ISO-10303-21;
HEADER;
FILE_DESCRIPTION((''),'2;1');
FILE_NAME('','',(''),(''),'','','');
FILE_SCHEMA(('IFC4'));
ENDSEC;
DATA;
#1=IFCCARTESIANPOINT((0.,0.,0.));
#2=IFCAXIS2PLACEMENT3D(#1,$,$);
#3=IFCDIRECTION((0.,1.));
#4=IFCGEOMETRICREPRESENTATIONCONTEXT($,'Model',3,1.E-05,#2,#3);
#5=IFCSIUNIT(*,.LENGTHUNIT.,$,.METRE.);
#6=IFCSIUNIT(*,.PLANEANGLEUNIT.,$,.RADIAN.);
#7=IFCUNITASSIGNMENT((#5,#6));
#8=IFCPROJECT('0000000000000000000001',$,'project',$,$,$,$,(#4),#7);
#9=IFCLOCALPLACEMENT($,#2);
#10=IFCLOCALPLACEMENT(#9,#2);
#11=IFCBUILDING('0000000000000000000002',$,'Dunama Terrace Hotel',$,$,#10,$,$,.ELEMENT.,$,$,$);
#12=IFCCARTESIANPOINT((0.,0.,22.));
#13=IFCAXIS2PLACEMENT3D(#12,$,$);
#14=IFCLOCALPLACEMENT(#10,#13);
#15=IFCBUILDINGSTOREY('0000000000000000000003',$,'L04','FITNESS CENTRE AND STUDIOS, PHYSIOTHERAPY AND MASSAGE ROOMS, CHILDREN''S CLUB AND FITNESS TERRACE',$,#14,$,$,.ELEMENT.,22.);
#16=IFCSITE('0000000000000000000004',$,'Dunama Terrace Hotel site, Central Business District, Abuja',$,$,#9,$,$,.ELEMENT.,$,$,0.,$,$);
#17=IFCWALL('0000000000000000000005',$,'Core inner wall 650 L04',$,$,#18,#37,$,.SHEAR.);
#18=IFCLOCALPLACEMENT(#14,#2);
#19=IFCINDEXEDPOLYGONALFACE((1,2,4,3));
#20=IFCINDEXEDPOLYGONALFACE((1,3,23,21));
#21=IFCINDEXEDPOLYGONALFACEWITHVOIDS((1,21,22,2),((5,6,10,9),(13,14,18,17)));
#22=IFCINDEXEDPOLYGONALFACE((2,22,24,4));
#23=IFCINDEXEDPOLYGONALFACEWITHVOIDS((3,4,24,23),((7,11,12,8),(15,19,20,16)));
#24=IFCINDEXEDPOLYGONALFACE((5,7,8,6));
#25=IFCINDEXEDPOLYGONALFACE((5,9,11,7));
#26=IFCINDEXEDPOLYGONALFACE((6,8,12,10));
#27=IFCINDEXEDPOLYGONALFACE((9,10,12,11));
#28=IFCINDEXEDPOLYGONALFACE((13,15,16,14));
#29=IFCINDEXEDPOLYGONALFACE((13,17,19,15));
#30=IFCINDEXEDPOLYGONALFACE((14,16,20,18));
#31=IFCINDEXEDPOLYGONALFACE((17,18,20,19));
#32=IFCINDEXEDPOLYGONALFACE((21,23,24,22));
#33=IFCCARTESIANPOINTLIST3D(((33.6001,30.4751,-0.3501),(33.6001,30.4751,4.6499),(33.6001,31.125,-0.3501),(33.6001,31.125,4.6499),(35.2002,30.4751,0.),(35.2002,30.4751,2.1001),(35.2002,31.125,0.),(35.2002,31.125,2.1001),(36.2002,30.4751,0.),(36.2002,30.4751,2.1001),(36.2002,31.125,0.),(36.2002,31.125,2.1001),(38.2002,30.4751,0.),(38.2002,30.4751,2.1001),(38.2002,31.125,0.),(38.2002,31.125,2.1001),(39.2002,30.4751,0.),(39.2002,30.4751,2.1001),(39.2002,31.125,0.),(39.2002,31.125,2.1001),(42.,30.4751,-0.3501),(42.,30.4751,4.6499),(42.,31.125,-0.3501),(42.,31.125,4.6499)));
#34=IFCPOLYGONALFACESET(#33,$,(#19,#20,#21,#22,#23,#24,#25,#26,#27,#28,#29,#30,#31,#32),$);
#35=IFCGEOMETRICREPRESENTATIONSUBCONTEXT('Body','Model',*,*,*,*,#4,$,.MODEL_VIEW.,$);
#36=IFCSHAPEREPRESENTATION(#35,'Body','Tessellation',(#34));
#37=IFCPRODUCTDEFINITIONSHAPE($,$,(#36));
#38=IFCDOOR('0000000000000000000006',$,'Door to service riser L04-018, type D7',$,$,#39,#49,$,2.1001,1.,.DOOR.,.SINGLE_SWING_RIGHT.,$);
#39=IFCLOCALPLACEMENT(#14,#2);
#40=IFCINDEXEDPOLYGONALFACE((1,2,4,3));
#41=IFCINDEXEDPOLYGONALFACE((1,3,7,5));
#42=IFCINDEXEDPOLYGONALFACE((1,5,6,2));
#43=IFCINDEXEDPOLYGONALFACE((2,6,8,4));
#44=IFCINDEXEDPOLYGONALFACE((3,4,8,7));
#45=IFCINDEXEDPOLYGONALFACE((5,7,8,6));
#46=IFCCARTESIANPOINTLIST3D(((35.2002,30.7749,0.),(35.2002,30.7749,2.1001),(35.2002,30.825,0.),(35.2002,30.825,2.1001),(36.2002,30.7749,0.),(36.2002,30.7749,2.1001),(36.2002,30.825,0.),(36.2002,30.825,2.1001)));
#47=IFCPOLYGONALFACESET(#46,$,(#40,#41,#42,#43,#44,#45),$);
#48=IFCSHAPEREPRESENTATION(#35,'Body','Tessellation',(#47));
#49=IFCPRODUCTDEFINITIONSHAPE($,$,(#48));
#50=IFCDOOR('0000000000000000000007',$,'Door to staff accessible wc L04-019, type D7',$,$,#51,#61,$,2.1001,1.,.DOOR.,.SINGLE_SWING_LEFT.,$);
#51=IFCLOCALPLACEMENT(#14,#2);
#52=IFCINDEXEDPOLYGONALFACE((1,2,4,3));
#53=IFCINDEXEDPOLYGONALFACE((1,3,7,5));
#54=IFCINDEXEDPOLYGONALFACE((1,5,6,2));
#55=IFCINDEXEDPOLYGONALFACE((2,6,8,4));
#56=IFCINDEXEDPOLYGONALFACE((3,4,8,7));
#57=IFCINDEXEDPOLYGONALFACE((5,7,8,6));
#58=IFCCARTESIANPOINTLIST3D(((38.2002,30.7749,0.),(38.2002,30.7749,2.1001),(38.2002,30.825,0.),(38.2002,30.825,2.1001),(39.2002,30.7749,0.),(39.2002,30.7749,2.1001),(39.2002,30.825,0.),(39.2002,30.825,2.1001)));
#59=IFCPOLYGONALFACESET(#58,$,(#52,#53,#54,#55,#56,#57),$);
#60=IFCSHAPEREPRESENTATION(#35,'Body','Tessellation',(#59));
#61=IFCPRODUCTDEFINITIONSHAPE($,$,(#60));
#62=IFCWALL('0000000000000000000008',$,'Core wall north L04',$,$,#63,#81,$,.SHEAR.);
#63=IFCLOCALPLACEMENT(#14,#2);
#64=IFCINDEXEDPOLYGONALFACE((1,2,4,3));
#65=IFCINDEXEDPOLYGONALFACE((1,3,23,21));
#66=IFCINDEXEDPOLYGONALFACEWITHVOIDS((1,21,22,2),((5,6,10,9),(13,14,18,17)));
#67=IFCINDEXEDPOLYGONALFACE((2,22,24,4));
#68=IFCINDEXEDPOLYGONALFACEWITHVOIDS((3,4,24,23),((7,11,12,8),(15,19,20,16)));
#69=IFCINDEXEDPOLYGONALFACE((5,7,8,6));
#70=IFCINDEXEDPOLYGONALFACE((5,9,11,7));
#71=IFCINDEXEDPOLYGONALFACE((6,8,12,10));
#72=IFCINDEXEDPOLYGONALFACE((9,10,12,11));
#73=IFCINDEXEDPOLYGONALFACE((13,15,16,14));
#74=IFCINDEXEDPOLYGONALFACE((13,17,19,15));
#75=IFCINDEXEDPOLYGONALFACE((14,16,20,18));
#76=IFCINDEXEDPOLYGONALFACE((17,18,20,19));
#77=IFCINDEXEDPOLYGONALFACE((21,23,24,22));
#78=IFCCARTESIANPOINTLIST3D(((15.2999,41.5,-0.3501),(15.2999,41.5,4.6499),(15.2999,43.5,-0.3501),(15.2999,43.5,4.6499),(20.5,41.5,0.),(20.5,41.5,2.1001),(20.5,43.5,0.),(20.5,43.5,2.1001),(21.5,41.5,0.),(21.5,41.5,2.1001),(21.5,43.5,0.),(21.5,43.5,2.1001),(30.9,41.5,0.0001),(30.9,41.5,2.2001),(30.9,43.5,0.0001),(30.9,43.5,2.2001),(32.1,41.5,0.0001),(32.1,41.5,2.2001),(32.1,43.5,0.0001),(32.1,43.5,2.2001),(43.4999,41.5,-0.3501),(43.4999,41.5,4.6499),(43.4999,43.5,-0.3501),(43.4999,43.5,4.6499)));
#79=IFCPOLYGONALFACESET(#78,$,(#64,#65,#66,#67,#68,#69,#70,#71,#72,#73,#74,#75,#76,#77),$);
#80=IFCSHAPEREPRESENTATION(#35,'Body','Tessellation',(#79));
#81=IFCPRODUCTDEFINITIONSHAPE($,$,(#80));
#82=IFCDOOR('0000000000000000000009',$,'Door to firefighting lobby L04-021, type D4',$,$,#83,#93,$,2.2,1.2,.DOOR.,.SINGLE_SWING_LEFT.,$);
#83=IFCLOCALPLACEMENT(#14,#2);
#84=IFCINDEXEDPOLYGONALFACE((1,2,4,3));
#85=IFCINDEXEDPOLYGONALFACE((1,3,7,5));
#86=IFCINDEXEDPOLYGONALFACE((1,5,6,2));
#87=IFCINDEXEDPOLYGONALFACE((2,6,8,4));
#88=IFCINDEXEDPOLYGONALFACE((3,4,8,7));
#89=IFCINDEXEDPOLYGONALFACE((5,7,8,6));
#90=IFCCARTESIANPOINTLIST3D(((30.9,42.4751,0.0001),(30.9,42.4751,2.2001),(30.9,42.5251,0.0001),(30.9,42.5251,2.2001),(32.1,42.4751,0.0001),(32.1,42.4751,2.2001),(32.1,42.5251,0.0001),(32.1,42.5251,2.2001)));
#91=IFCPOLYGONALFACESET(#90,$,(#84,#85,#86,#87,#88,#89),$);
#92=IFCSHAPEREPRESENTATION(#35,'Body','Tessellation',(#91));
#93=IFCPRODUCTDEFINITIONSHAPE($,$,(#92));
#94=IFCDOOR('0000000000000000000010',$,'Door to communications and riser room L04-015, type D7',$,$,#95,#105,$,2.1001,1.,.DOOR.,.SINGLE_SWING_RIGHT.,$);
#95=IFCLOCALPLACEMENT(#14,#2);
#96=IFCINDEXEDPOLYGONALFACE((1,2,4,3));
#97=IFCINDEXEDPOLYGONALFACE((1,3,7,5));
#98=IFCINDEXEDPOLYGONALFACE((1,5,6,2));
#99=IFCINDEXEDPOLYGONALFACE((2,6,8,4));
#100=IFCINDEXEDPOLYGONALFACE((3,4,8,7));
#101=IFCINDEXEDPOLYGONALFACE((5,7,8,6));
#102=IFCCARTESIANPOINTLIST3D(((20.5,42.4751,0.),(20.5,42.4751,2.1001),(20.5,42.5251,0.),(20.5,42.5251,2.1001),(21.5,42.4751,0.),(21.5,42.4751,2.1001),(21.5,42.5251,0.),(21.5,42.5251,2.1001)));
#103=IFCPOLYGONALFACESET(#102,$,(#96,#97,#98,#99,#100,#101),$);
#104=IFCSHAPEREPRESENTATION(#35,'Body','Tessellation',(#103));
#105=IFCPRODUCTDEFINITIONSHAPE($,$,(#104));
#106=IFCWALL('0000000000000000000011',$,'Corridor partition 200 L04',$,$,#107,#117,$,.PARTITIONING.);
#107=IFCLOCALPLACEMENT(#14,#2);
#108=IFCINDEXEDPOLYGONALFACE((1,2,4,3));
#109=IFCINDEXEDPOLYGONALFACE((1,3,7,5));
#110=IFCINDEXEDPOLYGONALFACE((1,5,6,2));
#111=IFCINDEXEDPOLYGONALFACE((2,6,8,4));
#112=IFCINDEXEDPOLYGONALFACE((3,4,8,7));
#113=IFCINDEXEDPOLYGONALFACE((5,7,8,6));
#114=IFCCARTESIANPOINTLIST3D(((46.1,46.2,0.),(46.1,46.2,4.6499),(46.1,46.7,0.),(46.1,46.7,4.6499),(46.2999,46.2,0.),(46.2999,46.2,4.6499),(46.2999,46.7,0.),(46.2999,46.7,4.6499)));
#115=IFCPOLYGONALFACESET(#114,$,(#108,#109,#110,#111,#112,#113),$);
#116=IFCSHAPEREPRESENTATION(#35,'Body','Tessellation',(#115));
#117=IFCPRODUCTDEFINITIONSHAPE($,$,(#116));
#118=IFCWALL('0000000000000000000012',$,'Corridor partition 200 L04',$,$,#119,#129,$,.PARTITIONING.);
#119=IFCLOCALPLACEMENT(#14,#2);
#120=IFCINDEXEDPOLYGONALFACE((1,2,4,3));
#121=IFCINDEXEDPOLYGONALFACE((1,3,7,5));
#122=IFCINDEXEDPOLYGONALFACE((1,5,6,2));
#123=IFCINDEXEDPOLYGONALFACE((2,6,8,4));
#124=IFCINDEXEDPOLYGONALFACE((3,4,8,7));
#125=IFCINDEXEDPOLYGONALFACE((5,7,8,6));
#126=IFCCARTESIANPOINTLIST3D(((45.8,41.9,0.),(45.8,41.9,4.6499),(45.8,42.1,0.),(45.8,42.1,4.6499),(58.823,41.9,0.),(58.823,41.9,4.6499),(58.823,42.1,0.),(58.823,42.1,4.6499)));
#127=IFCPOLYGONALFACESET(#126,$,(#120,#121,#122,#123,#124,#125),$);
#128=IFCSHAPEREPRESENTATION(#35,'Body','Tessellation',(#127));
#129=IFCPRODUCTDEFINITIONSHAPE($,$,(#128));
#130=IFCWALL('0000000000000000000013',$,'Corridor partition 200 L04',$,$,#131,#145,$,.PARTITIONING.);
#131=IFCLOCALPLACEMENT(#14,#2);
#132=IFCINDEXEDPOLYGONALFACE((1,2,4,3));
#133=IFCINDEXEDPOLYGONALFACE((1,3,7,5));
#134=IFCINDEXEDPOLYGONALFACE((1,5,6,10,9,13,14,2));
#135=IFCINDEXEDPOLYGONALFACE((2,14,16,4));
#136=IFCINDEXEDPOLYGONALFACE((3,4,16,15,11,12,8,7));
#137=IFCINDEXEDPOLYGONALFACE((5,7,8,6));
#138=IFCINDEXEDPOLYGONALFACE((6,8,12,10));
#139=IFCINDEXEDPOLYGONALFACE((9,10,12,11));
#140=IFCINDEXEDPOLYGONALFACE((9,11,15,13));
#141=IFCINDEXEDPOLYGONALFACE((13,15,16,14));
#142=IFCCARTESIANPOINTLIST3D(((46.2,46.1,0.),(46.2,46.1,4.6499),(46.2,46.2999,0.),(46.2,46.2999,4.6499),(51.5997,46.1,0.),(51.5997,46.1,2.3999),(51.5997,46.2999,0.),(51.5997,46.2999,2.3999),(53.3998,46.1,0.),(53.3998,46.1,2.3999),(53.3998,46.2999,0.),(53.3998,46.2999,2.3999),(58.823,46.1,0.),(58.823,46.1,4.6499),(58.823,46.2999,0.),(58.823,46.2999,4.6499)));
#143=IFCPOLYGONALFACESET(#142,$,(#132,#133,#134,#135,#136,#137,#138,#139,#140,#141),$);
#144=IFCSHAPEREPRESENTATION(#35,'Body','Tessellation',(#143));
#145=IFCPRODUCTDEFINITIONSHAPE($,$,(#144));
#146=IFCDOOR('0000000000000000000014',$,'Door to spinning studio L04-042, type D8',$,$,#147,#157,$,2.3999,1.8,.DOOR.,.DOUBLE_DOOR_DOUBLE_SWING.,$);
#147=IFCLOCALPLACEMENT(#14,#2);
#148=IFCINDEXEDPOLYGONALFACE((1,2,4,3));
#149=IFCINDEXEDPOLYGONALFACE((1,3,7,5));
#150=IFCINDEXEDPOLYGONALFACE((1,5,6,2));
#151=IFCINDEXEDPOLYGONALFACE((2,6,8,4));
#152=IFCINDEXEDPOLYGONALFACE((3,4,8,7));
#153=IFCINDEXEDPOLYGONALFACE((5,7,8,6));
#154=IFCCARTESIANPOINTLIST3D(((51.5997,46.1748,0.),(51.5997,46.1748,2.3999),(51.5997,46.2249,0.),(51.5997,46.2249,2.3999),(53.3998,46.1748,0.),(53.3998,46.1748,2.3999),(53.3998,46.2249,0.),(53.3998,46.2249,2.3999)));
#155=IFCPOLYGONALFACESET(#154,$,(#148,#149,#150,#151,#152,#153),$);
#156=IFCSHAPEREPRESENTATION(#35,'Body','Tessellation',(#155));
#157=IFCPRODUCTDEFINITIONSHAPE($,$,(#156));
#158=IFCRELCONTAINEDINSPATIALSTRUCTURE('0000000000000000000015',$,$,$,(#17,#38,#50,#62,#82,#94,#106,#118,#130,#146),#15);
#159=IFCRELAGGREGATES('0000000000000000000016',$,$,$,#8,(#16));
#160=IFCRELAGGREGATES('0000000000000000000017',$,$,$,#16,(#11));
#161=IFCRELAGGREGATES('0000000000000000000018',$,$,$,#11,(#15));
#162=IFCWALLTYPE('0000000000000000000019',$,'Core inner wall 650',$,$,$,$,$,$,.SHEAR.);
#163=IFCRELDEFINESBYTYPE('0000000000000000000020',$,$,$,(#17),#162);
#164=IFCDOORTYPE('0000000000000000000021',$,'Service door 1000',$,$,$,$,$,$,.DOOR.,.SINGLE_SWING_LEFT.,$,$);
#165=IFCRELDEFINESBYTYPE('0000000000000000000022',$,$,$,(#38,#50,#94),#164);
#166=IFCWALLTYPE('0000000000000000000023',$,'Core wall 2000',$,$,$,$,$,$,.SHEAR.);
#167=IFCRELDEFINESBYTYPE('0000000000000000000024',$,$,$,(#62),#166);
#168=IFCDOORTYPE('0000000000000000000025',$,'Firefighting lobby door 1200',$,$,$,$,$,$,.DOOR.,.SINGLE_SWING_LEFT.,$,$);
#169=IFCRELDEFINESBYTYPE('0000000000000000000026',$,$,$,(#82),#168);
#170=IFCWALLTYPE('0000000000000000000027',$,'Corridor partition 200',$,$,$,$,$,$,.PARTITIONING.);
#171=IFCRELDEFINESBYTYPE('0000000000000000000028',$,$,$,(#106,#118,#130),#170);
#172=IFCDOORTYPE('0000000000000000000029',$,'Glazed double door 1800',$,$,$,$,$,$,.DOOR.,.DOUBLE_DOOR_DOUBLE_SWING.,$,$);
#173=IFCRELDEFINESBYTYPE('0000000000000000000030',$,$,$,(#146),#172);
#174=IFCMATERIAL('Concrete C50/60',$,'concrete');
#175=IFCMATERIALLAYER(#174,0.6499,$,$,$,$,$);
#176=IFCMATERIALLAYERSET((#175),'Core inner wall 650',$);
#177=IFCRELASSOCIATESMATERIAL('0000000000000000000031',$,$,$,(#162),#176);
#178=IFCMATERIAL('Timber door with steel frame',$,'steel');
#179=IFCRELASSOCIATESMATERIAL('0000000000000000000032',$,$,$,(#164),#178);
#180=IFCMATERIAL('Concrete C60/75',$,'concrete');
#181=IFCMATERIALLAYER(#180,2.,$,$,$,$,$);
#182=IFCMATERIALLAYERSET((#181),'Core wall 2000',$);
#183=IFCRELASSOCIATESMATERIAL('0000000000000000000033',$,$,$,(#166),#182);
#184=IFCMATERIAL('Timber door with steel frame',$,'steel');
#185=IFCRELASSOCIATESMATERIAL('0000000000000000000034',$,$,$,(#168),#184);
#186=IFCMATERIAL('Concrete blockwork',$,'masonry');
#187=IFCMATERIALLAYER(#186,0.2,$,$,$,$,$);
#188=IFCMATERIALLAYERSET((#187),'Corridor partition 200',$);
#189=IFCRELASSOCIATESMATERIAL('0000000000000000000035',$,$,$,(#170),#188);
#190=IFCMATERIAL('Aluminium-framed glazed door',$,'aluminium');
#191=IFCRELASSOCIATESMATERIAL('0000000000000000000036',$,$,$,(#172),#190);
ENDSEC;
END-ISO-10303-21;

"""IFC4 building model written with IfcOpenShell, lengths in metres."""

from ifc_helpers import new_model, si_unit, direction, frame, frame_2d, origin, place, context, subcontext, project, spatial, rectangle, extrude, material, layer, layer_set, type_object, element, fill, save


model = new_model("IFC4")

# Units and contexts
model_context = context("Model", 3, precision=1e-05, world=origin(), true_north=direction((0.0, 1.0)))
body_context = subcontext(model_context, "Body", "Model", "MODEL_VIEW")
ifc_project = project(units=[si_unit("LENGTHUNIT", "METRE"), si_unit("PLANEANGLEUNIT", "RADIAN")], contexts=[model_context])

# Site, building, storey
site_placement = place(None, origin())
site = spatial("IfcSite", under=ifc_project, at=site_placement, Name="Dunama Terrace Hotel site, Central Business District, Abuja", CompositionType="ELEMENT", RefElevation=0.0)
building_placement = place(site_placement, origin())
building = spatial("IfcBuilding", under=site, at=building_placement, Name="Dunama Terrace Hotel", CompositionType="ELEMENT")
storey_placement = place(building_placement, frame((0.0, 0.0, 22.0)))
storey = spatial("IfcBuildingStorey", under=building, at=storey_placement, Name="L04", Description="FITNESS CENTRE AND STUDIOS, PHYSIOTHERAPY AND MASSAGE ROOMS, CHILDREN'S CLUB AND FITNESS TERRACE", CompositionType="ELEMENT", Elevation=22.0)

# Shared definitions
ifc_material_1 = material(Name="Concrete C50/60", Category="concrete")
ifc_layer_1 = layer(ifc_material_1, 0.6499)
ifc_layer_set_1 = layer_set([ifc_layer_1], Name="Core inner wall 650")
wall_type_1 = type_object("IfcWallType", Name="Core inner wall 650", PredefinedType="SHEAR", material=ifc_layer_set_1)

# Walls, openings, doors
wall_1_placement = place(storey_placement, frame((33.6001, 30.8, -0.3501), z_axis=(0.0, 0.0, 1.0), x_axis=(1.0, 0.0, 0.0)))
wall_1 = element("IfcWall", 1, at=wall_1_placement, inside=storey, type_object=wall_type_1, Name="Core inner wall 650 L04", PredefinedType="SHEAR", context=body_context, shape_type="SweptSolid", body=[
    extrude(rectangle(XDim=8.3999, YDim=0.6499, at=frame_2d((4.2, 0.0))), origin(), (0.0, 0.0, 1.0), 5.0),
])
opening_1_placement = place(wall_1_placement, frame((1.6001, 0.0, 0.3501)))
opening_1 = element("IfcOpeningElement", 2, at=opening_1_placement, cuts=wall_1, PredefinedType="OPENING", context=body_context, shape_type="SweptSolid", body=[
    extrude(rectangle(XDim=1.0, YDim=2.1001, at=frame_2d((0.5, 1.05))), frame((0.0, 0.335, 0.0), z_axis=(0.0, -1.0, 0.0), x_axis=(1.0, 0.0, 0.0)), (0.0, 0.0, 1.0), 0.6699),
])
opening_2_placement = place(wall_1_placement, frame((4.6001, 0.0, 0.3501)))
opening_2 = element("IfcOpeningElement", 3, at=opening_2_placement, cuts=wall_1, PredefinedType="OPENING", context=body_context, shape_type="SweptSolid", body=[
    extrude(rectangle(XDim=1.0, YDim=2.1001, at=frame_2d((0.5, 1.05))), frame((0.0, 0.335, 0.0), z_axis=(0.0, -1.0, 0.0), x_axis=(1.0, 0.0, 0.0)), (0.0, 0.0, 1.0), 0.6699),
])
ifc_material_2 = material(Name="Timber door with steel frame", Category="steel")
door_type_1 = type_object("IfcDoorType", Name="Service door 1000", OperationType="SINGLE_SWING_LEFT", PredefinedType="DOOR", material=ifc_material_2)
door_1_placement = place(opening_1_placement, origin())
door_1 = element("IfcDoor", 4, at=door_1_placement, inside=storey, type_object=door_type_1, Name="Door to service riser L04-018, type D7", OperationType="SINGLE_SWING_RIGHT", OverallHeight=2.1001, OverallWidth=1.0, PredefinedType="DOOR", context=body_context, shape_type="SweptSolid", body=[
    extrude(rectangle(XDim=1.0, YDim=2.1001, at=frame_2d((0.5, 1.05))), frame((0.0, 0.0249, 0.0), z_axis=(0.0, -1.0, 0.0), x_axis=(1.0, 0.0, 0.0)), (0.0, 0.0, 1.0), 0.05),
])
fill(opening_1, door_1)
door_2_placement = place(opening_2_placement, origin())
door_2 = element("IfcDoor", 5, at=door_2_placement, inside=storey, type_object=door_type_1, Name="Door to staff accessible wc L04-019, type D7", OperationType="SINGLE_SWING_LEFT", OverallHeight=2.1001, OverallWidth=1.0, PredefinedType="DOOR", context=body_context, shape_type="SweptSolid", body=[
    extrude(rectangle(XDim=1.0, YDim=2.1001, at=frame_2d((0.5, 1.05))), frame((0.0, 0.0249, 0.0), z_axis=(0.0, -1.0, 0.0), x_axis=(1.0, 0.0, 0.0)), (0.0, 0.0, 1.0), 0.05),
])
fill(opening_2, door_2)
ifc_material_3 = material(Name="Concrete C60/75", Category="concrete")
ifc_layer_2 = layer(ifc_material_3, 2.0)
ifc_layer_set_2 = layer_set([ifc_layer_2], Name="Core wall 2000")
wall_type_2 = type_object("IfcWallType", Name="Core wall 2000", PredefinedType="SHEAR", material=ifc_layer_set_2)
wall_2_placement = place(storey_placement, frame((43.5, 42.5, -0.3501), z_axis=(0.0, 0.0, 1.0), x_axis=(-1.0, 0.0, 0.0)))
wall_2 = element("IfcWall", 6, at=wall_2_placement, inside=storey, type_object=wall_type_2, Name="Core wall north L04", PredefinedType="SHEAR", context=body_context, shape_type="SweptSolid", body=[
    extrude(rectangle(XDim=28.2, YDim=2.0, at=frame_2d((14.1001, 0.0))), origin(), (0.0, 0.0, 1.0), 5.0),
])
opening_3_placement = place(wall_2_placement, frame((22.0, 0.0, 0.3501)))
opening_3 = element("IfcOpeningElement", 7, at=opening_3_placement, cuts=wall_2, PredefinedType="OPENING", context=body_context, shape_type="SweptSolid", body=[
    extrude(rectangle(XDim=1.0, YDim=2.1001, at=frame_2d((0.5, 1.05))), frame((0.0, 1.01, 0.0), z_axis=(0.0, -1.0, 0.0), x_axis=(1.0, 0.0, 0.0)), (0.0, 0.0, 1.0), 2.02),
])
opening_4_placement = place(wall_2_placement, frame((11.3999, 0.0, 0.3501)))
opening_4 = element("IfcOpeningElement", 8, at=opening_4_placement, cuts=wall_2, PredefinedType="OPENING", context=body_context, shape_type="SweptSolid", body=[
    extrude(rectangle(XDim=1.2, YDim=2.2, at=frame_2d((0.6001, 1.1001))), frame((0.0, 1.01, 0.0), z_axis=(0.0, -1.0, 0.0), x_axis=(1.0, 0.0, 0.0)), (0.0, 0.0, 1.0), 2.02),
])
ifc_material_4 = material(Name="Timber door with steel frame", Category="steel")
door_type_2 = type_object("IfcDoorType", Name="Firefighting lobby door 1200", OperationType="SINGLE_SWING_LEFT", PredefinedType="DOOR", material=ifc_material_4)
door_3_placement = place(opening_4_placement, origin())
door_3 = element("IfcDoor", 9, at=door_3_placement, inside=storey, type_object=door_type_2, Name="Door to firefighting lobby L04-021, type D4", OperationType="SINGLE_SWING_LEFT", OverallHeight=2.2, OverallWidth=1.2, PredefinedType="DOOR", context=body_context, shape_type="SweptSolid", body=[
    extrude(rectangle(XDim=1.2, YDim=2.2, at=frame_2d((0.6001, 1.1001))), frame((0.0, 0.0249, 0.0), z_axis=(0.0, -1.0, 0.0), x_axis=(1.0, 0.0, 0.0)), (0.0, 0.0, 1.0), 0.05),
])
fill(opening_4, door_3)
door_4_placement = place(opening_3_placement, origin())
door_4 = element("IfcDoor", 10, at=door_4_placement, inside=storey, type_object=door_type_1, Name="Door to communications and riser room L04-015, type D7", OperationType="SINGLE_SWING_RIGHT", OverallHeight=2.1001, OverallWidth=1.0, PredefinedType="DOOR", context=body_context, shape_type="SweptSolid", body=[
    extrude(rectangle(XDim=1.0, YDim=2.1001, at=frame_2d((0.5, 1.05))), frame((0.0, 0.0249, 0.0), z_axis=(0.0, -1.0, 0.0), x_axis=(1.0, 0.0, 0.0)), (0.0, 0.0, 1.0), 0.05),
])
fill(opening_3, door_4)

# Walls
ifc_material_5 = material(Name="Concrete blockwork", Category="masonry")
ifc_layer_3 = layer(ifc_material_5, 0.2)
ifc_layer_set_3 = layer_set([ifc_layer_3], Name="Corridor partition 200")
wall_type_3 = type_object("IfcWallType", Name="Corridor partition 200", PredefinedType="PARTITIONING", material=ifc_layer_set_3)
wall_3_placement = place(storey_placement, frame((46.2, 46.2, 0.0), z_axis=(0.0, 0.0, 1.0), x_axis=(0.0, 1.0, 0.0)))
element("IfcWall", 11, at=wall_3_placement, inside=storey, type_object=wall_type_3, Name="Corridor partition 200 L04", PredefinedType="PARTITIONING", context=body_context, shape_type="SweptSolid", body=[
    extrude(rectangle(XDim=0.5, YDim=0.2, at=frame_2d((0.25, 0.0))), origin(), (0.0, 0.0, 1.0), 4.6499),
])
wall_4_placement = place(storey_placement, frame((45.8, 42.0, 0.0), z_axis=(0.0, 0.0, 1.0), x_axis=(1.0, 0.0, 0.0)))
element("IfcWall", 12, at=wall_4_placement, inside=storey, type_object=wall_type_3, Name="Corridor partition 200 L04", PredefinedType="PARTITIONING", context=body_context, shape_type="SweptSolid", body=[
    extrude(rectangle(XDim=13.0229, YDim=0.2, at=frame_2d((6.5115, 0.0))), origin(), (0.0, 0.0, 1.0), 4.6499),
])

# Wall, opening, door
wall_5_placement = place(storey_placement, frame((46.2, 46.2, 0.0), z_axis=(0.0, 0.0, 1.0), x_axis=(1.0, 0.0, 0.0)))
wall_5 = element("IfcWall", 13, at=wall_5_placement, inside=storey, type_object=wall_type_3, Name="Corridor partition 200 L04", PredefinedType="PARTITIONING", context=body_context, shape_type="SweptSolid", body=[
    extrude(rectangle(XDim=12.623, YDim=0.2, at=frame_2d((6.3115, 0.0))), origin(), (0.0, 0.0, 1.0), 4.6499),
])
opening_5_placement = place(wall_5_placement, frame((5.3999, 0.0, 0.0)))
opening_5 = element("IfcOpeningElement", 14, at=opening_5_placement, cuts=wall_5, PredefinedType="OPENING", context=body_context, shape_type="SweptSolid", body=[
    extrude(rectangle(XDim=1.8, YDim=2.3999, at=frame_2d((0.8999, 1.2))), frame((0.0, 0.1099, 0.0), z_axis=(0.0, -1.0, 0.0), x_axis=(1.0, 0.0, 0.0)), (0.0, 0.0, 1.0), 0.22),
])
ifc_material_6 = material(Name="Aluminium-framed glazed door", Category="aluminium")
door_type_3 = type_object("IfcDoorType", Name="Glazed double door 1800", OperationType="DOUBLE_DOOR_DOUBLE_SWING", PredefinedType="DOOR", material=ifc_material_6)
door_5_placement = place(opening_5_placement, origin())
door_5 = element("IfcDoor", 15, at=door_5_placement, inside=storey, type_object=door_type_3, Name="Door to spinning studio L04-042, type D8", OperationType="DOUBLE_DOOR_DOUBLE_SWING", OverallHeight=2.3999, OverallWidth=1.8, PredefinedType="DOOR", context=body_context, shape_type="SweptSolid", body=[
    extrude(rectangle(XDim=1.8, YDim=2.3999, at=frame_2d((0.8999, 1.2))), frame((0.0, 0.0249, 0.0), z_axis=(0.0, -1.0, 0.0), x_axis=(1.0, 0.0, 0.0)), (0.0, 0.0, 1.0), 0.05),
])
fill(opening_5, door_5)

save(model, "model.ifc")
